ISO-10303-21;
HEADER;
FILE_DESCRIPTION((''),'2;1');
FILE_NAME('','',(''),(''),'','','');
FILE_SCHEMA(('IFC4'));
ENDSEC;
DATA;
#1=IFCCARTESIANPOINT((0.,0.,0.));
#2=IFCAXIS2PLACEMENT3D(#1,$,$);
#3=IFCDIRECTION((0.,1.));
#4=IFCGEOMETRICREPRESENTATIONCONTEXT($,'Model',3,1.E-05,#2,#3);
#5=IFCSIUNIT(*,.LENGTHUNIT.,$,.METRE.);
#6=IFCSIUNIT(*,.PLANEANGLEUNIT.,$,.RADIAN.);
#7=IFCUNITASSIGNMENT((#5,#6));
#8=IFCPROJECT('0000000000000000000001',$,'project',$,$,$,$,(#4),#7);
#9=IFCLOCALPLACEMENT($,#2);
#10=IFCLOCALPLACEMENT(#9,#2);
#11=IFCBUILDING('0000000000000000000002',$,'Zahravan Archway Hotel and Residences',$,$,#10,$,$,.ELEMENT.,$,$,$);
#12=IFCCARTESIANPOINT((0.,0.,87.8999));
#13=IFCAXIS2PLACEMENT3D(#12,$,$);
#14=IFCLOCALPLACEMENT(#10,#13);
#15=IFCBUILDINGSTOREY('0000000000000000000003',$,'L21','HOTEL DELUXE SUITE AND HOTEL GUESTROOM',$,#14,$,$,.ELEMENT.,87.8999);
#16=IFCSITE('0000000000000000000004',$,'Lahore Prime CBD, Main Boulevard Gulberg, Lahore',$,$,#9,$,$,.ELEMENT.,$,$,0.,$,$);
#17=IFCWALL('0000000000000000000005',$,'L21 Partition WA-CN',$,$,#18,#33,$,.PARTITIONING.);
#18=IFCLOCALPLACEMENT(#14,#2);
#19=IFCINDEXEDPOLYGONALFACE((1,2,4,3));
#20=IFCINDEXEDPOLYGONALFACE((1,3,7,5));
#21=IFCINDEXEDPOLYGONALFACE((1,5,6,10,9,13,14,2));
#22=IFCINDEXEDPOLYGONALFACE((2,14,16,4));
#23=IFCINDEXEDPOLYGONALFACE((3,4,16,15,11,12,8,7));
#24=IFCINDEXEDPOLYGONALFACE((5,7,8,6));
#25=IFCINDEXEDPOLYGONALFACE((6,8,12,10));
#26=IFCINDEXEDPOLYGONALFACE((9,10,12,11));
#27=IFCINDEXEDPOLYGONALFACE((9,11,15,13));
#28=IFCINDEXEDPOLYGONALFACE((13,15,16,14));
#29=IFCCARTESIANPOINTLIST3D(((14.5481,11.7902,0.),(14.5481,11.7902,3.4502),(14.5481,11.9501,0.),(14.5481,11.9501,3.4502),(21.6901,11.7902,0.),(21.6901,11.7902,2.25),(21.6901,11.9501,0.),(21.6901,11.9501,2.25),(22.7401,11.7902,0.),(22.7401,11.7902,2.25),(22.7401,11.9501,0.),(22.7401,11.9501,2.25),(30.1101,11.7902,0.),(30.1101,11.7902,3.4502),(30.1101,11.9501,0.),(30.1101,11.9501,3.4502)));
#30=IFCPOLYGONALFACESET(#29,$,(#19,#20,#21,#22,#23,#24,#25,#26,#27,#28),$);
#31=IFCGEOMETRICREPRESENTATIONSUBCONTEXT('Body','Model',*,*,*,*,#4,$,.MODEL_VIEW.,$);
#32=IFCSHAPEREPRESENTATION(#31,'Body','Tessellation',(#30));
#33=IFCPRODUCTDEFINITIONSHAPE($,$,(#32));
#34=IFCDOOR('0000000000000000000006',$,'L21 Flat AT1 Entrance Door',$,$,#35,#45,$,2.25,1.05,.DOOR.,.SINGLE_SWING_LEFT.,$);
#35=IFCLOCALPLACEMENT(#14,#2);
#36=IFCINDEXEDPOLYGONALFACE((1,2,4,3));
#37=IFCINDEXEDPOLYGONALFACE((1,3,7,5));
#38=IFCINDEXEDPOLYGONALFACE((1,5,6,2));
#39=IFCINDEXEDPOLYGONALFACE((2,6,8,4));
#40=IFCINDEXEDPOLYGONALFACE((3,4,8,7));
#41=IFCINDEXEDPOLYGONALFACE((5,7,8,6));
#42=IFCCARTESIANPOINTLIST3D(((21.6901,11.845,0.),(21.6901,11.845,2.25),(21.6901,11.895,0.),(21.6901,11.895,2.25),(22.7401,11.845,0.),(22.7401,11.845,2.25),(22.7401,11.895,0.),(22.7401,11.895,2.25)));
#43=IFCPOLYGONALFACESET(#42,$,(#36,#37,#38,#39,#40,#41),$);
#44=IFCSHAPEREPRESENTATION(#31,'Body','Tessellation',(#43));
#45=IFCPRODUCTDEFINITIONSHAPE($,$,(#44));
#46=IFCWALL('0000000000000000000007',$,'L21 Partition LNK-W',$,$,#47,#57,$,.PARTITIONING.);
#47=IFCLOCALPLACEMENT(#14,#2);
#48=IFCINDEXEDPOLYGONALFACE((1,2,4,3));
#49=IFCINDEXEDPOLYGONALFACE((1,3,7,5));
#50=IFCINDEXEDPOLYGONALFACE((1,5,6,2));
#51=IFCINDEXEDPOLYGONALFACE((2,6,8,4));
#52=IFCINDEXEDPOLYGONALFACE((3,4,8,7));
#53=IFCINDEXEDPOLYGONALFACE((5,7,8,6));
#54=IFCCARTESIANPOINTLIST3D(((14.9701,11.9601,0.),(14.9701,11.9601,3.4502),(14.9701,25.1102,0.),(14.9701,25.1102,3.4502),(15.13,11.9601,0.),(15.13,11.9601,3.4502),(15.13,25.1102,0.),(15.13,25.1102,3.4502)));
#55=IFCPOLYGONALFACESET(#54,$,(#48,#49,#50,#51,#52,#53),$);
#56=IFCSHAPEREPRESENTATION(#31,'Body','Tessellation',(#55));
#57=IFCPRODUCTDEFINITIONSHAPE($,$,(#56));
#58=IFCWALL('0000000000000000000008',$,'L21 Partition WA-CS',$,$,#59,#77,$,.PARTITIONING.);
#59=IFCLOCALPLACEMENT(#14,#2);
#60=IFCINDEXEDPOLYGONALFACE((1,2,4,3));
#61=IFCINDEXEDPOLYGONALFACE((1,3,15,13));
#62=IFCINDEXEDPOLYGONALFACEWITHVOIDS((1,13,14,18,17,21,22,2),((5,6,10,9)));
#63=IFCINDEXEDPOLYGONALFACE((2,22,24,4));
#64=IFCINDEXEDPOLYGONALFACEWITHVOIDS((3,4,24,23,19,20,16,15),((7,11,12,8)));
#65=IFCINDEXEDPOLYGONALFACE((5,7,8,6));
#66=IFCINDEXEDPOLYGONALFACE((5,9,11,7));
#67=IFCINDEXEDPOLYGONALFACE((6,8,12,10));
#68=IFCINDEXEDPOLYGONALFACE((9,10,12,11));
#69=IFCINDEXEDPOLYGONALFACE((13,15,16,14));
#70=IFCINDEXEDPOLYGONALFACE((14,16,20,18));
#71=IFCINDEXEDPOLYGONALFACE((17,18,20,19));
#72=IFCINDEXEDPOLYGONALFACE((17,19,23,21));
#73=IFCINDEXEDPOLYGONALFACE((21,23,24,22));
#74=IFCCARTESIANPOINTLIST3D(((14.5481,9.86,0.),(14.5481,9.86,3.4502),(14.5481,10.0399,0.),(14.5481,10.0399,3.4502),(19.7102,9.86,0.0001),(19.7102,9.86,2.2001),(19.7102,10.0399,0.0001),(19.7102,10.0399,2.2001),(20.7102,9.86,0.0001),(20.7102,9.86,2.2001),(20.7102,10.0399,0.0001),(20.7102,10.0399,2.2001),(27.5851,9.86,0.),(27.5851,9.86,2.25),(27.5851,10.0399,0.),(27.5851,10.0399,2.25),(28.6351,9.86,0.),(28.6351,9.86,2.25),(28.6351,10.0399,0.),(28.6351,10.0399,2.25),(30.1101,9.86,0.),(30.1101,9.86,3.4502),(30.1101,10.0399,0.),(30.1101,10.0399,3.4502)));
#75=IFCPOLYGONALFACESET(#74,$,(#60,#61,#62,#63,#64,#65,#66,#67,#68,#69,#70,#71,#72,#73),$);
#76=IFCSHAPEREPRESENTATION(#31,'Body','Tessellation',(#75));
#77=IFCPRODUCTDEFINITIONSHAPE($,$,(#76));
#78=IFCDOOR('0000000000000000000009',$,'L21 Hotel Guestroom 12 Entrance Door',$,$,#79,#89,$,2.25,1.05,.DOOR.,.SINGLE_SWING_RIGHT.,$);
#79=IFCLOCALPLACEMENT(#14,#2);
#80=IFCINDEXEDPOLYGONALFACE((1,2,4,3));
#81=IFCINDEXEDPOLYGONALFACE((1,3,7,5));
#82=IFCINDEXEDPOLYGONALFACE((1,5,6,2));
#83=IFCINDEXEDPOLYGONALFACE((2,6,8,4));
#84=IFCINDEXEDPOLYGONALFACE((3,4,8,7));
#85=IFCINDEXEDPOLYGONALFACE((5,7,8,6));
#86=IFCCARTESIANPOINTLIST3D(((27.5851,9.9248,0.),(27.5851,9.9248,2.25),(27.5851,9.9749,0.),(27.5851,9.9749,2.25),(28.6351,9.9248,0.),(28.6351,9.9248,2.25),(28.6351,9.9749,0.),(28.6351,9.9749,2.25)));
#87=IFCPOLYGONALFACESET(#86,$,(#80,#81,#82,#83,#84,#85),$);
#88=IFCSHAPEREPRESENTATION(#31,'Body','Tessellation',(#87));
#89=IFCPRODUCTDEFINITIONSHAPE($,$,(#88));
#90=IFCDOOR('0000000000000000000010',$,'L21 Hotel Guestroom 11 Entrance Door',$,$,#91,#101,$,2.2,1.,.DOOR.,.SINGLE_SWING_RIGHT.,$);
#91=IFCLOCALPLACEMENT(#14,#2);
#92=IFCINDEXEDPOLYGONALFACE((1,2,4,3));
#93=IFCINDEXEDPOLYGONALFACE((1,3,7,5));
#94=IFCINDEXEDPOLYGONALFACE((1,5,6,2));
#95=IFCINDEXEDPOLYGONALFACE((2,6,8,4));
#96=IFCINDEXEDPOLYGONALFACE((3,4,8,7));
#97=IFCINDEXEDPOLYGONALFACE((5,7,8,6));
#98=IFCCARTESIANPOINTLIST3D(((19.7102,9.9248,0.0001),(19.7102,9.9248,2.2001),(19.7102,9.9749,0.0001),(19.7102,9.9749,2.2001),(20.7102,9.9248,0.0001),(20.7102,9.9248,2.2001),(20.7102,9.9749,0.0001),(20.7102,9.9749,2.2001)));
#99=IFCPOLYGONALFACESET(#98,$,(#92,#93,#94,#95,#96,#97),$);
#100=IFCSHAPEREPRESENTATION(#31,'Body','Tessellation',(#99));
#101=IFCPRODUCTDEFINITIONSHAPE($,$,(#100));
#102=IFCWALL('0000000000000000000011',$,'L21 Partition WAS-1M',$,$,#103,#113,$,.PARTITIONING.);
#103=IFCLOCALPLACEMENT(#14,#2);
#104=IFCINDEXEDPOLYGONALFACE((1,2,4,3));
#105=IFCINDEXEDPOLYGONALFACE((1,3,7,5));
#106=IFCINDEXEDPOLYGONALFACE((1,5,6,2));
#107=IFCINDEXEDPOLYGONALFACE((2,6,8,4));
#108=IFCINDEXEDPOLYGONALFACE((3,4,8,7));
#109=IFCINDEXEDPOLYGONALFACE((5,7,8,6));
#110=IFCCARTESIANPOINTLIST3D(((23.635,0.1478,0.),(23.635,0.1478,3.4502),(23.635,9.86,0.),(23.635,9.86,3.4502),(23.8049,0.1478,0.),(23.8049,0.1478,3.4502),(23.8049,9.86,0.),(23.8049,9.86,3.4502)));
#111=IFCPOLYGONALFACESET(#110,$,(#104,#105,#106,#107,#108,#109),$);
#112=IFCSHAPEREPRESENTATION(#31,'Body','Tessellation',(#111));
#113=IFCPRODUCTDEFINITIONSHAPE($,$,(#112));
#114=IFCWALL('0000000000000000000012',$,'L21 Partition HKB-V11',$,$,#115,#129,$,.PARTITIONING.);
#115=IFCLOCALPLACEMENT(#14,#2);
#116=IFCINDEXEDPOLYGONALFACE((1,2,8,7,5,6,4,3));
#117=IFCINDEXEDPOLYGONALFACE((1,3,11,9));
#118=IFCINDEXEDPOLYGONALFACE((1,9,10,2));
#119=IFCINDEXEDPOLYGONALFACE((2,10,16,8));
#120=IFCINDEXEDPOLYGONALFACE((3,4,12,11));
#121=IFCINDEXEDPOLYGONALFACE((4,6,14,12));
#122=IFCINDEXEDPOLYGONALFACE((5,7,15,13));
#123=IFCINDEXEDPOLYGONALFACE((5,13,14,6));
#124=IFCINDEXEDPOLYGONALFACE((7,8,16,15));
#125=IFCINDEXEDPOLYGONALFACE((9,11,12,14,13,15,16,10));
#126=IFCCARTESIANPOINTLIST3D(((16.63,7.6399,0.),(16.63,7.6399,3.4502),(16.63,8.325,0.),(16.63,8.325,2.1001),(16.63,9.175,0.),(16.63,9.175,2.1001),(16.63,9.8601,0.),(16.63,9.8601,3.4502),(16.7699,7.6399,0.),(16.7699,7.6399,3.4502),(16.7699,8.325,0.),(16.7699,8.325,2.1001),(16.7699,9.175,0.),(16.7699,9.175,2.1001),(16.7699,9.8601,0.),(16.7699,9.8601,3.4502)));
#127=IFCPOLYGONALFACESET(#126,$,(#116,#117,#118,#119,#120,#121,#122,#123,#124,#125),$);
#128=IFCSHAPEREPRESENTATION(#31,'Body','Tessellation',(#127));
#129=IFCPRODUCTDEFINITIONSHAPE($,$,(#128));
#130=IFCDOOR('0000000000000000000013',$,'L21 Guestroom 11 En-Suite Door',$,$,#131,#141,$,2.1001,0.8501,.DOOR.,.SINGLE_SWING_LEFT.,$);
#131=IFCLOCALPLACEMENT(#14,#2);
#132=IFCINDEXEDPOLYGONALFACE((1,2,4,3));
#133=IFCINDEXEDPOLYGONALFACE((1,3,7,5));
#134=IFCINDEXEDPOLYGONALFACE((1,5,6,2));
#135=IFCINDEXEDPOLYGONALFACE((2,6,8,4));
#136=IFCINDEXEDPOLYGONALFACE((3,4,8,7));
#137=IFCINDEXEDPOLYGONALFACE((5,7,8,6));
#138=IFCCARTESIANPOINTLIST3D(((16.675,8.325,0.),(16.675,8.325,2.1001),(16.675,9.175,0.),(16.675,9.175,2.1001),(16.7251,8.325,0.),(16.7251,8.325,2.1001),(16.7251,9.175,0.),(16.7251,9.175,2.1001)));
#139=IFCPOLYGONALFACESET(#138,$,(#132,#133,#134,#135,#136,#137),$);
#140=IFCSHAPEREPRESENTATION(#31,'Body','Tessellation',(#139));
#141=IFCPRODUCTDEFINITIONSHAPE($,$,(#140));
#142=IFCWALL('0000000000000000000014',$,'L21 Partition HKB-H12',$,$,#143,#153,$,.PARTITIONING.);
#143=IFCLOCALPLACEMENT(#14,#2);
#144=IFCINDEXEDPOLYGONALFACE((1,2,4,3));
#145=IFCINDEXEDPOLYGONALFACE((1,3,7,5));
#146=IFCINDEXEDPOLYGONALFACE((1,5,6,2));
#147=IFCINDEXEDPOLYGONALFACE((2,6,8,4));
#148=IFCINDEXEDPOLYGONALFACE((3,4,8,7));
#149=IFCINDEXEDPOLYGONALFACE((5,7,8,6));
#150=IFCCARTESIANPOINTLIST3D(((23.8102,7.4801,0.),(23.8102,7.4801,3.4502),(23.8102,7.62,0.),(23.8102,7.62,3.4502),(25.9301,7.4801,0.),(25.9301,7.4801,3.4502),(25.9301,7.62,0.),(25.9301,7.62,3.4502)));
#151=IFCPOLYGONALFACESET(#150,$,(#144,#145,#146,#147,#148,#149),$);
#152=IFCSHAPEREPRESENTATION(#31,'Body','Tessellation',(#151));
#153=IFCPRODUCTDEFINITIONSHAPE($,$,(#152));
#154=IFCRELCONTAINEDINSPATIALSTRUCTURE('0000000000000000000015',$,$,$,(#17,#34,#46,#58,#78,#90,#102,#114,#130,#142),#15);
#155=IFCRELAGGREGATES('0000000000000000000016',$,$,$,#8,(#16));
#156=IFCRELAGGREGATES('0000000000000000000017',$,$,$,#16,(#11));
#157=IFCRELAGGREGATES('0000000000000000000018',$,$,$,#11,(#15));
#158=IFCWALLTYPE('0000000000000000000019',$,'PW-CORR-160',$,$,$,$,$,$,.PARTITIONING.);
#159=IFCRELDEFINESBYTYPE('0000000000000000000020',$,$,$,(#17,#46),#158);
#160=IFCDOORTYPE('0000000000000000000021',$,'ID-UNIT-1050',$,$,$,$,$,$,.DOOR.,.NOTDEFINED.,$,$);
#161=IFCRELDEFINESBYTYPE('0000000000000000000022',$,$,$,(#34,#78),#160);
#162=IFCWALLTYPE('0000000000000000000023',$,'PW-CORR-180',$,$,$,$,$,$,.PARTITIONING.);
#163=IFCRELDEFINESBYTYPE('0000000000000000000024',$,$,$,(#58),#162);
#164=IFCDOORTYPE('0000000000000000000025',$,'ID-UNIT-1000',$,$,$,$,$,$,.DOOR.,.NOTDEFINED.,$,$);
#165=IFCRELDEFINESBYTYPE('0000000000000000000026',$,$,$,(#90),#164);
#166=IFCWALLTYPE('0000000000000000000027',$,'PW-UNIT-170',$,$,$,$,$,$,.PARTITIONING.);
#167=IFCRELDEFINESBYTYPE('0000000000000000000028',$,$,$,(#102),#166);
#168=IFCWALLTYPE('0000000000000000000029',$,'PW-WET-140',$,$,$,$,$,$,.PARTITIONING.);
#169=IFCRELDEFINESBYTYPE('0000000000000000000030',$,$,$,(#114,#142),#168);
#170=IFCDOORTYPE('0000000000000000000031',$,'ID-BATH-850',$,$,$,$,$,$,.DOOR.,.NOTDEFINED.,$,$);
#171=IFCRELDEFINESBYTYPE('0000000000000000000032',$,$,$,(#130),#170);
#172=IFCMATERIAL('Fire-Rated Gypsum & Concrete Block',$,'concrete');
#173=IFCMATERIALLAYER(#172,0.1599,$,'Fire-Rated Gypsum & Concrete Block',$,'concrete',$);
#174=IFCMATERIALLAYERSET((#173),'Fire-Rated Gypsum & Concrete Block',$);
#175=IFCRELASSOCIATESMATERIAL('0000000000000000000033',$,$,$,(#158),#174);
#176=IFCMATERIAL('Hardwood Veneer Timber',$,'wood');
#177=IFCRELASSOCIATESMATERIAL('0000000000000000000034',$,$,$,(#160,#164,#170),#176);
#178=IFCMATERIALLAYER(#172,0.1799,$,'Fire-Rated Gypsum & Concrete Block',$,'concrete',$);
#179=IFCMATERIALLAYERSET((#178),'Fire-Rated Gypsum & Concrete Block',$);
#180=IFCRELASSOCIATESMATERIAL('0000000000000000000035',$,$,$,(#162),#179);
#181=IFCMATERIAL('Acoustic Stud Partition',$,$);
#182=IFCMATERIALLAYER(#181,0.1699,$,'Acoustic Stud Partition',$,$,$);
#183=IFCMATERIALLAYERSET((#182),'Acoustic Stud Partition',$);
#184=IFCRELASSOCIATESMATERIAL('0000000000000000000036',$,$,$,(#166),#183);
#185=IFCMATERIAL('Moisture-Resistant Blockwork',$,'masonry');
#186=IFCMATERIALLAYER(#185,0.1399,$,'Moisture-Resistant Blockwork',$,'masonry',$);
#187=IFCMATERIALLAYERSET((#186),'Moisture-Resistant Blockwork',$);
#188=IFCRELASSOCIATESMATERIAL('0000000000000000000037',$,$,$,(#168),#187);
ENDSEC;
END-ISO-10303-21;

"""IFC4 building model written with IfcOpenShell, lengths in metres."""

from ifc_helpers import new_model, si_unit, direction, frame, frame_2d, origin, place, context, subcontext, project, spatial, rectangle, extrude, source, transform, mapped, material, layer, layer_set, type_object, type_shapes, element, fill, save


model = new_model("IFC4")

# Units and contexts
model_context = context("Model", 3, precision=1e-05, world=origin(), true_north=direction((0.0, 1.0)))
body_context = subcontext(model_context, "Body", "Model", "MODEL_VIEW")
ifc_project = project(units=[si_unit("LENGTHUNIT", "METRE"), si_unit("PLANEANGLEUNIT", "RADIAN")], contexts=[model_context])

# Site, building, storey
site_placement = place(None, origin())
site = spatial("IfcSite", under=ifc_project, at=site_placement, Name="Lahore Prime CBD, Main Boulevard Gulberg, Lahore", CompositionType="ELEMENT", RefElevation=0.0)
building_placement = place(site_placement, origin())
building = spatial("IfcBuilding", under=site, at=building_placement, Name="Zahravan Archway Hotel and Residences", CompositionType="ELEMENT")
storey_placement = place(building_placement, frame((0.0, 0.0, 87.8999)))
storey = spatial("IfcBuildingStorey", under=building, at=storey_placement, Name="L21", Description="HOTEL DELUXE SUITE AND HOTEL GUESTROOM", CompositionType="ELEMENT", Elevation=87.8999)

# Wall, opening, door
ifc_material_1 = material(Name="Fire-Rated Gypsum & Concrete Block", Category="concrete")
ifc_layer_1 = layer(ifc_material_1, 0.1599, Name="Fire-Rated Gypsum & Concrete Block", Category="concrete")
ifc_layer_set_1 = layer_set([ifc_layer_1], Name="Fire-Rated Gypsum & Concrete Block")
wall_type_1 = type_object("IfcWallType", Name="PW-CORR-160", PredefinedType="PARTITIONING", material=ifc_layer_set_1)
wall_1_placement = place(storey_placement, frame((14.5481, 11.8701, 0.0), z_axis=(0.0, 0.0, 1.0), x_axis=(1.0, 0.0, 0.0)))
wall_1 = element("IfcWall", 1, at=wall_1_placement, inside=storey, type_object=wall_type_1, Name="L21 Partition WA-CN", PredefinedType="PARTITIONING", context=body_context, shape_type="SweptSolid", body=[
    extrude(rectangle(XDim=15.562, YDim=0.1599, at=frame_2d((7.781, 0.0))), origin(), (0.0, 0.0, 1.0), 3.4502),
])
opening_1_placement = place(wall_1_placement, frame((7.1421, 0.0, 0.0)))
opening_1 = element("IfcOpeningElement", 2, at=opening_1_placement, cuts=wall_1, PredefinedType="OPENING", context=body_context, shape_type="SweptSolid", body=[
    extrude(rectangle(XDim=1.05, YDim=2.25, at=frame_2d((0.5249, 1.125))), frame((0.0, 0.0898, 0.0), z_axis=(0.0, -1.0, 0.0), x_axis=(1.0, 0.0, 0.0)), (0.0, 0.0, 1.0), 0.1799),
])
ifc_material_2 = material(Name="Hardwood Veneer Timber", Category="wood")
door_type_1 = type_object("IfcDoorType", Name="ID-UNIT-1050", OperationType="NOTDEFINED", PredefinedType="DOOR", material=ifc_material_2)
shared_shape_1 = source(origin(), body_context, "Body", "SweptSolid", [
    extrude(rectangle(XDim=1.05, YDim=2.25, at=frame_2d((0.5249, 1.125))), frame((0.0, 0.0249, 0.0), z_axis=(0.0, -1.0, 0.0), x_axis=(1.0, 0.0, 0.0)), (0.0, 0.0, 1.0), 0.05),
])
type_shapes(door_type_1, [shared_shape_1])
door_1_placement = place(opening_1_placement, origin())
door_1 = element("IfcDoor", 3, at=door_1_placement, inside=storey, type_object=door_type_1, Name="L21 Flat AT1 Entrance Door", OperationType="SINGLE_SWING_LEFT", OverallHeight=2.25, OverallWidth=1.05, PredefinedType="DOOR", context=body_context, shape_type="MappedRepresentation", body=[
    mapped(shared_shape_1, transform((0.0, 0.0, 0.0), scale=1.0)),
])
fill(opening_1, door_1)

# Wall
wall_2_placement = place(storey_placement, frame((15.05, 11.96, 0.0), z_axis=(0.0, 0.0, 1.0), x_axis=(0.0, 1.0, 0.0)))
element("IfcWall", 4, at=wall_2_placement, inside=storey, type_object=wall_type_1, Name="L21 Partition LNK-W", PredefinedType="PARTITIONING", context=body_context, shape_type="SweptSolid", body=[
    extrude(rectangle(XDim=13.1501, YDim=0.1599, at=frame_2d((6.5752, 0.0))), origin(), (0.0, 0.0, 1.0), 3.4502),
])

# Wall, openings, doors
ifc_layer_2 = layer(ifc_material_1, 0.1799, Name="Fire-Rated Gypsum & Concrete Block", Category="concrete")
ifc_layer_set_2 = layer_set([ifc_layer_2], Name="Fire-Rated Gypsum & Concrete Block")
wall_type_2 = type_object("IfcWallType", Name="PW-CORR-180", PredefinedType="PARTITIONING", material=ifc_layer_set_2)
wall_3_placement = place(storey_placement, frame((14.5481, 9.95, 0.0), z_axis=(0.0, 0.0, 1.0), x_axis=(1.0, 0.0, 0.0)))
wall_3 = element("IfcWall", 5, at=wall_3_placement, inside=storey, type_object=wall_type_2, Name="L21 Partition WA-CS", PredefinedType="PARTITIONING", context=body_context, shape_type="SweptSolid", body=[
    extrude(rectangle(XDim=15.562, YDim=0.1799, at=frame_2d((7.781, 0.0))), origin(), (0.0, 0.0, 1.0), 3.4502),
])
opening_2_placement = place(wall_3_placement, frame((5.1621, 0.0, 0.0)))
opening_2 = element("IfcOpeningElement", 6, at=opening_2_placement, cuts=wall_3, PredefinedType="OPENING", context=body_context, shape_type="SweptSolid", body=[
    extrude(rectangle(XDim=1.0, YDim=2.2, at=frame_2d((0.5, 1.1001))), frame((0.0, 0.1001, 0.0), z_axis=(0.0, -1.0, 0.0), x_axis=(1.0, 0.0, 0.0)), (0.0, 0.0, 1.0), 0.2),
])
opening_3_placement = place(wall_3_placement, frame((13.0371, 0.0, 0.0)))
opening_3 = element("IfcOpeningElement", 7, at=opening_3_placement, cuts=wall_3, PredefinedType="OPENING", context=body_context, shape_type="SweptSolid", body=[
    extrude(rectangle(XDim=1.05, YDim=2.25, at=frame_2d((0.5249, 1.125))), frame((0.0, 0.1001, 0.0), z_axis=(0.0, -1.0, 0.0), x_axis=(1.0, 0.0, 0.0)), (0.0, 0.0, 1.0), 0.2),
])
door_2_placement = place(opening_3_placement, origin())
door_2 = element("IfcDoor", 8, at=door_2_placement, inside=storey, type_object=door_type_1, Name="L21 Hotel Guestroom 12 Entrance Door", OperationType="SINGLE_SWING_RIGHT", OverallHeight=2.25, OverallWidth=1.05, PredefinedType="DOOR", context=body_context, shape_type="MappedRepresentation", body=[
    mapped(shared_shape_1, transform((0.0, 0.0, 0.0), scale=1.0)),
])
fill(opening_3, door_2)
door_type_2 = type_object("IfcDoorType", Name="ID-UNIT-1000", OperationType="NOTDEFINED", PredefinedType="DOOR", material=ifc_material_2)
shared_shape_2 = source(origin(), body_context, "Body", "SweptSolid", [
    extrude(rectangle(XDim=1.0, YDim=2.2, at=frame_2d((0.5, 1.1001))), frame((0.0, 0.0249, 0.0), z_axis=(0.0, -1.0, 0.0), x_axis=(1.0, 0.0, 0.0)), (0.0, 0.0, 1.0), 0.05),
])
type_shapes(door_type_2, [shared_shape_2])
door_3_placement = place(opening_2_placement, origin())
door_3 = element("IfcDoor", 9, at=door_3_placement, inside=storey, type_object=door_type_2, Name="L21 Hotel Guestroom 11 Entrance Door", OperationType="SINGLE_SWING_RIGHT", OverallHeight=2.2, OverallWidth=1.0, PredefinedType="DOOR", context=body_context, shape_type="MappedRepresentation", body=[
    mapped(shared_shape_2, transform((0.0, 0.0, 0.0), scale=1.0)),
])
fill(opening_2, door_3)

# Wall
ifc_material_3 = material(Name="Acoustic Stud Partition")
ifc_layer_3 = layer(ifc_material_3, 0.1699, Name="Acoustic Stud Partition")
ifc_layer_set_3 = layer_set([ifc_layer_3], Name="Acoustic Stud Partition")
wall_type_3 = type_object("IfcWallType", Name="PW-UNIT-170", PredefinedType="PARTITIONING", material=ifc_layer_set_3)
wall_4_placement = place(storey_placement, frame((23.72, 0.1479, 0.0), z_axis=(0.0, 0.0, 1.0), x_axis=(0.0, 1.0, 0.0)))
element("IfcWall", 10, at=wall_4_placement, inside=storey, type_object=wall_type_3, Name="L21 Partition WAS-1M", PredefinedType="PARTITIONING", context=body_context, shape_type="SweptSolid", body=[
    extrude(rectangle(XDim=9.7122, YDim=0.1699, at=frame_2d((4.856, 0.0))), origin(), (0.0, 0.0, 1.0), 3.4502),
])

# Wall, opening, door
ifc_material_4 = material(Name="Moisture-Resistant Blockwork", Category="masonry")
ifc_layer_4 = layer(ifc_material_4, 0.1399, Name="Moisture-Resistant Blockwork", Category="masonry")
ifc_layer_set_4 = layer_set([ifc_layer_4], Name="Moisture-Resistant Blockwork")
wall_type_4 = type_object("IfcWallType", Name="PW-WET-140", PredefinedType="PARTITIONING", material=ifc_layer_set_4)
wall_5_placement = place(storey_placement, frame((16.7, 7.6399, 0.0), z_axis=(0.0, 0.0, 1.0), x_axis=(0.0, 1.0, 0.0)))
wall_5 = element("IfcWall", 11, at=wall_5_placement, inside=storey, type_object=wall_type_4, Name="L21 Partition HKB-V11", PredefinedType="PARTITIONING", context=body_context, shape_type="SweptSolid", body=[
    extrude(rectangle(XDim=2.2202, YDim=0.1399, at=frame_2d((1.1101, 0.0))), origin(), (0.0, 0.0, 1.0), 3.4502),
])
opening_4_placement = place(wall_5_placement, frame((0.6851, 0.0, 0.0)))
opening_4 = element("IfcOpeningElement", 12, at=opening_4_placement, cuts=wall_5, PredefinedType="OPENING", context=body_context, shape_type="SweptSolid", body=[
    extrude(rectangle(XDim=0.8501, YDim=2.1001, at=frame_2d((0.425, 1.05))), frame((0.0, 0.0801, 0.0), z_axis=(0.0, -1.0, 0.0), x_axis=(1.0, 0.0, 0.0)), (0.0, 0.0, 1.0), 0.1599),
])
door_type_3 = type_object("IfcDoorType", Name="ID-BATH-850", OperationType="NOTDEFINED", PredefinedType="DOOR", material=ifc_material_2)
shared_shape_3 = source(origin(), body_context, "Body", "SweptSolid", [
    extrude(rectangle(XDim=0.8501, YDim=2.1001, at=frame_2d((0.425, 1.05))), frame((0.0, 0.0249, 0.0), z_axis=(0.0, -1.0, 0.0), x_axis=(1.0, 0.0, 0.0)), (0.0, 0.0, 1.0), 0.05),
])
type_shapes(door_type_3, [shared_shape_3])
door_4_placement = place(opening_4_placement, origin())
door_4 = element("IfcDoor", 13, at=door_4_placement, inside=storey, type_object=door_type_3, Name="L21 Guestroom 11 En-Suite Door", OperationType="SINGLE_SWING_LEFT", OverallHeight=2.1001, OverallWidth=0.8501, PredefinedType="DOOR", context=body_context, shape_type="MappedRepresentation", body=[
    mapped(shared_shape_3, transform((0.0, 0.0, 0.0), scale=1.0)),
])
fill(opening_4, door_4)

# Wall
wall_6_placement = place(storey_placement, frame((23.8101, 7.55, 0.0), z_axis=(0.0, 0.0, 1.0), x_axis=(1.0, 0.0, 0.0)))
element("IfcWall", 14, at=wall_6_placement, inside=storey, type_object=wall_type_4, Name="L21 Partition HKB-H12", PredefinedType="PARTITIONING", context=body_context, shape_type="SweptSolid", body=[
    extrude(rectangle(XDim=2.1199, YDim=0.1399, at=frame_2d((1.0601, 0.0))), origin(), (0.0, 0.0, 1.0), 3.4502),
])

save(model, "model.ifc")
